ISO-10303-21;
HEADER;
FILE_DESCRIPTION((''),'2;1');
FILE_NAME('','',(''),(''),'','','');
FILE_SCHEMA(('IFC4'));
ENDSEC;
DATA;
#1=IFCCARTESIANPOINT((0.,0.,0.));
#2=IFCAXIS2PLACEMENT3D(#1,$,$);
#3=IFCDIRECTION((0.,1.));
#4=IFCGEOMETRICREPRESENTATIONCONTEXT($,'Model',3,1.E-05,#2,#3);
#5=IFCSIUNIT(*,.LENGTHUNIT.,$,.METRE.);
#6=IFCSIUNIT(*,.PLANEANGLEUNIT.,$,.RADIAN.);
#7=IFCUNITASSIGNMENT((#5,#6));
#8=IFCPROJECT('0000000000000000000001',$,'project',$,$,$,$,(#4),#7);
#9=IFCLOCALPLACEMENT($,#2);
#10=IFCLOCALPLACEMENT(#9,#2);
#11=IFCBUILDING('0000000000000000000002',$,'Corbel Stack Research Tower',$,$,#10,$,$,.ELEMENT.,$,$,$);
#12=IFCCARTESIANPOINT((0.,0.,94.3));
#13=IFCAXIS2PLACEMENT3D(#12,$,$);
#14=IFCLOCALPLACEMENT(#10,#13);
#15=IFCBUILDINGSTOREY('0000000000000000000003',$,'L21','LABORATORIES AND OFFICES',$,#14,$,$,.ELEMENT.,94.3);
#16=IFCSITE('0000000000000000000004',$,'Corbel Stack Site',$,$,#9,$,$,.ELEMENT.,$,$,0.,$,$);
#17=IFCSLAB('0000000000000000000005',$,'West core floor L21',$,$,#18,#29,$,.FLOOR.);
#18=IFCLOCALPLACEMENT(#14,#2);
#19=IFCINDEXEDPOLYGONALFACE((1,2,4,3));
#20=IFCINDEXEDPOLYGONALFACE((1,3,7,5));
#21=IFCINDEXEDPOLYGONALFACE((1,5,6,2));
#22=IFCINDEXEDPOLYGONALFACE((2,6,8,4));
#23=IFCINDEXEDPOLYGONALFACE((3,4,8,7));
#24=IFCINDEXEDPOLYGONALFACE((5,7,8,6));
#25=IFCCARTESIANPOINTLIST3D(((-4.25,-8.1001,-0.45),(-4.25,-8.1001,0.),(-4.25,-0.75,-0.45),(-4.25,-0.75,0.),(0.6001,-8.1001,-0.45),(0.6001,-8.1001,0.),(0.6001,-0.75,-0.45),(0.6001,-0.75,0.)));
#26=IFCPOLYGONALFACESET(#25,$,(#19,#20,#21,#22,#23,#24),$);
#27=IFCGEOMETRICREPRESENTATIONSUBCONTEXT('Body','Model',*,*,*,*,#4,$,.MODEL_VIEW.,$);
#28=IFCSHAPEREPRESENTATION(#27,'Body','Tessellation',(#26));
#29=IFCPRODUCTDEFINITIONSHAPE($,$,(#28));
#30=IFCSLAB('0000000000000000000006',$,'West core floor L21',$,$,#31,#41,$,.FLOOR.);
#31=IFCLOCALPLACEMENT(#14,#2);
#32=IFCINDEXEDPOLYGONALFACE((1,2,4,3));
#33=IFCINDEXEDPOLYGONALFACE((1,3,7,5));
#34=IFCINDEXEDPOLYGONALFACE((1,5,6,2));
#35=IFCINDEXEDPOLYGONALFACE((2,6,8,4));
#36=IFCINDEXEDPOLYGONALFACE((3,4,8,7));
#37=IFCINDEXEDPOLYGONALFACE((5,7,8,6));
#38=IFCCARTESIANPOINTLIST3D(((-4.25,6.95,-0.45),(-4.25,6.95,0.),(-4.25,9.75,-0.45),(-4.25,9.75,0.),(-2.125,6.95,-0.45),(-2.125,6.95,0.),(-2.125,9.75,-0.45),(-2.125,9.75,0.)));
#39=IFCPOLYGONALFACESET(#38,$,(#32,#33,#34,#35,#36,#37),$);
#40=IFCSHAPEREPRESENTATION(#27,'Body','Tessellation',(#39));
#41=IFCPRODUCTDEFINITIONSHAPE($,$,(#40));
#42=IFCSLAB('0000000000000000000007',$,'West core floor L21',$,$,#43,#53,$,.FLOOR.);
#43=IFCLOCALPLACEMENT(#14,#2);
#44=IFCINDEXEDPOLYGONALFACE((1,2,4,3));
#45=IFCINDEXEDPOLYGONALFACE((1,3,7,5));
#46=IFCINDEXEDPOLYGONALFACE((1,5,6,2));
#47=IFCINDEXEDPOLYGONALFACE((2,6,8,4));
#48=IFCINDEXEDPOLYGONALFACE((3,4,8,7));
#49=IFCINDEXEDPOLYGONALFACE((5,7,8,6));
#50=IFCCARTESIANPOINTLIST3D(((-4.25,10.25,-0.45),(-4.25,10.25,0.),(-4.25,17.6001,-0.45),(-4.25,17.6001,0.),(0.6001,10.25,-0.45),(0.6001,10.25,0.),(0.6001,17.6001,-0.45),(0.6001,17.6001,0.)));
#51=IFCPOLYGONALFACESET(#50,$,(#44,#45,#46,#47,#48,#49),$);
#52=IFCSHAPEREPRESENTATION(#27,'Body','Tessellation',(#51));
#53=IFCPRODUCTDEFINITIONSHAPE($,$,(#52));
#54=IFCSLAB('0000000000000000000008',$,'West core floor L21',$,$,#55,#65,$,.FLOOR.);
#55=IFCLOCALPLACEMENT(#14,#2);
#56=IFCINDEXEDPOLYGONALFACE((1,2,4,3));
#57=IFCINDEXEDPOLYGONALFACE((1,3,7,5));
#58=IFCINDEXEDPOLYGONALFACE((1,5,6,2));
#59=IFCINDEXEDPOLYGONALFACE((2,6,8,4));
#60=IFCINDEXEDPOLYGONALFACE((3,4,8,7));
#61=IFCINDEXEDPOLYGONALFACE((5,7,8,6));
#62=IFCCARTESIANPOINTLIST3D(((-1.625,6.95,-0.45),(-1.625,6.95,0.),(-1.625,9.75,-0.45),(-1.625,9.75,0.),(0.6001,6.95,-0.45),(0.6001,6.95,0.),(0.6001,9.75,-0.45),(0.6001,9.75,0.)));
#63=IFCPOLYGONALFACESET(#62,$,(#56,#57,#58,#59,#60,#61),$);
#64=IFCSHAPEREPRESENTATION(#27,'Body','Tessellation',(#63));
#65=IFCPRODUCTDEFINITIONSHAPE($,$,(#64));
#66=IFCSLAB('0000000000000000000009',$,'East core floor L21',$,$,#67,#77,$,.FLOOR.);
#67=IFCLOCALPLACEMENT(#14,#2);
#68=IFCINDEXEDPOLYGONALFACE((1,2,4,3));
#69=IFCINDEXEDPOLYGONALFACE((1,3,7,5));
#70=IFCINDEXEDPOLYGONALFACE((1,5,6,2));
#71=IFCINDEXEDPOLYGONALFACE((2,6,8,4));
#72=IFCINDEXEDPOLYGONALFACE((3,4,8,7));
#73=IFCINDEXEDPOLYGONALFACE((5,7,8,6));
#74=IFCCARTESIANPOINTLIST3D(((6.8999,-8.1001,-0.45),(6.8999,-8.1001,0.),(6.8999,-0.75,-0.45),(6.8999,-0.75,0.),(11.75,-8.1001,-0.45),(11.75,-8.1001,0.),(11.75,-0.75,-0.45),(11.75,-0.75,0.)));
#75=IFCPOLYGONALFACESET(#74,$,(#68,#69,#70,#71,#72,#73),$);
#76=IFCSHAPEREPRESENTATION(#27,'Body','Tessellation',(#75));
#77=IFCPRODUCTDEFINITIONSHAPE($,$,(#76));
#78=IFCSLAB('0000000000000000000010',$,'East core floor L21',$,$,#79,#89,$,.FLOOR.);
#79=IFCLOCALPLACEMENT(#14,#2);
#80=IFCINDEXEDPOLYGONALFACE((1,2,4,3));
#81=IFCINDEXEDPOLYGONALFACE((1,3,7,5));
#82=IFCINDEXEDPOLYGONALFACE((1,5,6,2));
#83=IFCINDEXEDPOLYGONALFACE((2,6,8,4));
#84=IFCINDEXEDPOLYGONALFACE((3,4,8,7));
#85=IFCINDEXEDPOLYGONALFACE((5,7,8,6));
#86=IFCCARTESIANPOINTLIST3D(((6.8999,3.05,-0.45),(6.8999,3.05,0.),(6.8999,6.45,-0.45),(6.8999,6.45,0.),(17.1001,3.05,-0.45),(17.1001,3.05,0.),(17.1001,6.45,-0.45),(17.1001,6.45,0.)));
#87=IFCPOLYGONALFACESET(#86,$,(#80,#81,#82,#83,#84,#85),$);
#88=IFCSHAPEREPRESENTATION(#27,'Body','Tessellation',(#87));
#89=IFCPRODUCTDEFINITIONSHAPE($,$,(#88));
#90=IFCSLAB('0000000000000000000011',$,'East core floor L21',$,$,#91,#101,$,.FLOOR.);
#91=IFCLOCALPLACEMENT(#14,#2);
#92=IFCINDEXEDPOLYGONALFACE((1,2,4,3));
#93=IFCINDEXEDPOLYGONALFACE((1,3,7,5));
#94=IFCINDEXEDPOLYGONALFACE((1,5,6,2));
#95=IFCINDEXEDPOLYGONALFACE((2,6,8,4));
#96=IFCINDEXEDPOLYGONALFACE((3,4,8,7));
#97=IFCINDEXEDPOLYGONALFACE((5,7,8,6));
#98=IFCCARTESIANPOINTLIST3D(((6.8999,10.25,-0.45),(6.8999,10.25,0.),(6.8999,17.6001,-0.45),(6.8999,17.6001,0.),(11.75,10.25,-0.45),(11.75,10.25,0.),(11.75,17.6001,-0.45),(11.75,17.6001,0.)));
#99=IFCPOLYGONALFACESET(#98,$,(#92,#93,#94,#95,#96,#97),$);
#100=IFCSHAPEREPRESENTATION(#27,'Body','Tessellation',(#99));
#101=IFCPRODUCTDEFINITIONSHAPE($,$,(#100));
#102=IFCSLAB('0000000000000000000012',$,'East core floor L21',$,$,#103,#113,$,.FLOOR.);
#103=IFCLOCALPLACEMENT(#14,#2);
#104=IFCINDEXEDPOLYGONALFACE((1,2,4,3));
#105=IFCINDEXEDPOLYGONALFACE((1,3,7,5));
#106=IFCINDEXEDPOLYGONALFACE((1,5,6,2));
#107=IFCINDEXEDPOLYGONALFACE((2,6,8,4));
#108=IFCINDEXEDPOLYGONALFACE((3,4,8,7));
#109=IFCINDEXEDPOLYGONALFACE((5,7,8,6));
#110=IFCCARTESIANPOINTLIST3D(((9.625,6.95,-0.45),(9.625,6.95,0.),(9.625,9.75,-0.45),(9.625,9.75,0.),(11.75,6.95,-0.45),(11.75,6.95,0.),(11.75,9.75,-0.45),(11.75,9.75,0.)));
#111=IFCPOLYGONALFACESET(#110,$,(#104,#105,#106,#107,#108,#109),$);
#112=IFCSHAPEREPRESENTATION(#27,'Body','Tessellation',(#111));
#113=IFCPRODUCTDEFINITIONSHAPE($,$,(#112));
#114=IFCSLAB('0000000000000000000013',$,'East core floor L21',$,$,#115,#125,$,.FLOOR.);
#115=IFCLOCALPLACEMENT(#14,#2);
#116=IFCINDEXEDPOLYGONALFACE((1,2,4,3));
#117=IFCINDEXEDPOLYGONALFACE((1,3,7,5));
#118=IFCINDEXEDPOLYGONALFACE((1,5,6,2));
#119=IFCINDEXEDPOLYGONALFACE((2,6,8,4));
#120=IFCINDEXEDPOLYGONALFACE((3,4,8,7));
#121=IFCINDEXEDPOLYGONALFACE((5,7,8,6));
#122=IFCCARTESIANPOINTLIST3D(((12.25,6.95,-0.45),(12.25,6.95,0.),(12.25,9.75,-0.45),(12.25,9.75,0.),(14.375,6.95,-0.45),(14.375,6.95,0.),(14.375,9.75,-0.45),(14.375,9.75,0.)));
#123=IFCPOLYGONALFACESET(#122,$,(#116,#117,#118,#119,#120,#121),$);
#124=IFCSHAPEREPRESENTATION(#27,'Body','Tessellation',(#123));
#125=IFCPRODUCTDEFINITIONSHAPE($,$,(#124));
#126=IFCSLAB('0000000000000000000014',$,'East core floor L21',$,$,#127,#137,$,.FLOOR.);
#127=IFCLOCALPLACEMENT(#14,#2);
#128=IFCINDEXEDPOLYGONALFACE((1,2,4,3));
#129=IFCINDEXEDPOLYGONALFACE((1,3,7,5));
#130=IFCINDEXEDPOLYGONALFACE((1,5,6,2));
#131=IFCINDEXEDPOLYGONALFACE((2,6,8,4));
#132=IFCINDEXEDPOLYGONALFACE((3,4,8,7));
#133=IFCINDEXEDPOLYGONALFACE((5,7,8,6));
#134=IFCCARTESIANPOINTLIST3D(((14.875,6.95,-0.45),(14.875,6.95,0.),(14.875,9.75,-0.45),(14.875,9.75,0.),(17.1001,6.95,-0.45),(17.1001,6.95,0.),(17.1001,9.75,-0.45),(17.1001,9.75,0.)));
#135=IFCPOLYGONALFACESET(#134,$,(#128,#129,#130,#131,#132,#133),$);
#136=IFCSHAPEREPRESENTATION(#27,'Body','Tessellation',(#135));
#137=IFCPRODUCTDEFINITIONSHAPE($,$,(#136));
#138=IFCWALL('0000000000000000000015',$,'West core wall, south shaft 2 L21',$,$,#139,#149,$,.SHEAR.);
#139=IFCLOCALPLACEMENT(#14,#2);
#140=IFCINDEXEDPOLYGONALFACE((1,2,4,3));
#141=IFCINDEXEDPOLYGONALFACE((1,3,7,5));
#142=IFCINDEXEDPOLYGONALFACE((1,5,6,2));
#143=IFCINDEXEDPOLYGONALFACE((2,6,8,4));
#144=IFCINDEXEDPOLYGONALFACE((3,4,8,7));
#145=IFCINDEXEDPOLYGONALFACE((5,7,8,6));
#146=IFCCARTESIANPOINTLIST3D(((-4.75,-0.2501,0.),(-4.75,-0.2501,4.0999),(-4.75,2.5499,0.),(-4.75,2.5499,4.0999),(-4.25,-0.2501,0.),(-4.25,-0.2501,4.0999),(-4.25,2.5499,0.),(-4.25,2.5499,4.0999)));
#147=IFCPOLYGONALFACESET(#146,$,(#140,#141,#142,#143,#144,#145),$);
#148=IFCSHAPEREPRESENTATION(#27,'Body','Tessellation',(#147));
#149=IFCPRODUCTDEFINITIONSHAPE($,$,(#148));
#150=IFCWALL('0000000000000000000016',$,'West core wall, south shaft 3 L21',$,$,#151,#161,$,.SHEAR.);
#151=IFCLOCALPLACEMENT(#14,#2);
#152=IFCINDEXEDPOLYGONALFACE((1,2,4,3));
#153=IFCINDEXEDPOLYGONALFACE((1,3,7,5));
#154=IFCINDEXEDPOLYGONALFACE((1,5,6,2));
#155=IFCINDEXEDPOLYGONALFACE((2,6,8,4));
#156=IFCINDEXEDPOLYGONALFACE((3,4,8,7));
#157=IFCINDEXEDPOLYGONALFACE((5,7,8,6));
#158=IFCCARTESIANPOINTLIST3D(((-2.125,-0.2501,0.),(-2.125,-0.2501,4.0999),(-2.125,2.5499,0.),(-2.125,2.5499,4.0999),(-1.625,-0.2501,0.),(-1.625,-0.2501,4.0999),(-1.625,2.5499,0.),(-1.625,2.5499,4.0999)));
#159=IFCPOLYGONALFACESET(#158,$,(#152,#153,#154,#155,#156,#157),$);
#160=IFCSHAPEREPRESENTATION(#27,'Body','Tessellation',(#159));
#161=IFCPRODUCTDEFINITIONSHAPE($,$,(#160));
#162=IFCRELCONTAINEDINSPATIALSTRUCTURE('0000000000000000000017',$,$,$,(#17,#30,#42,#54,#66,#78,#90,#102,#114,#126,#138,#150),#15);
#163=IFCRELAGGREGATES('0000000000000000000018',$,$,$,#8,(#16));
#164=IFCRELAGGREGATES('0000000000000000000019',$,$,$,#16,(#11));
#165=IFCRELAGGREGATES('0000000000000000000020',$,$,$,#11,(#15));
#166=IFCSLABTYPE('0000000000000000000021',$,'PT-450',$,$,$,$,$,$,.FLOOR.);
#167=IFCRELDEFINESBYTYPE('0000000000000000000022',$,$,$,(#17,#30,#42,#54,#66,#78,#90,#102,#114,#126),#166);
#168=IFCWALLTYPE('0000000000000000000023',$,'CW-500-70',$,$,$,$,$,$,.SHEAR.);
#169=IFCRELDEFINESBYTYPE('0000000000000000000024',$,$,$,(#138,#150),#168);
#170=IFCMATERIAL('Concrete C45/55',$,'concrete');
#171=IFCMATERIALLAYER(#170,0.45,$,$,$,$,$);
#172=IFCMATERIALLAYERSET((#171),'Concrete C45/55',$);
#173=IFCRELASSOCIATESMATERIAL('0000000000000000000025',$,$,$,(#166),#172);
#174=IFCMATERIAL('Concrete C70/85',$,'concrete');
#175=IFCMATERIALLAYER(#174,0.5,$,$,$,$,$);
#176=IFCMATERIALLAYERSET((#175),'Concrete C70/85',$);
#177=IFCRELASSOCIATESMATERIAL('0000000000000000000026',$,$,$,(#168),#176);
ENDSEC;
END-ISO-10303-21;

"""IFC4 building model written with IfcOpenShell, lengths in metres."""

from ifc_helpers import new_model, si_unit, direction, frame, frame_2d, origin, place, context, subcontext, project, spatial, polyline, rectangle, outline, extrude, material, layer, layer_set, type_object, element, save


model = new_model("IFC4")

# Units and contexts
model_context = context("Model", 3, precision=1e-05, world=origin(), true_north=direction((0.0, 1.0)))
body_context = subcontext(model_context, "Body", "Model", "MODEL_VIEW")
ifc_project = project(units=[si_unit("LENGTHUNIT", "METRE"), si_unit("PLANEANGLEUNIT", "RADIAN")], contexts=[model_context])

# Site, building, storey
site_placement = place(None, origin())
site = spatial("IfcSite", under=ifc_project, at=site_placement, Name="Corbel Stack Site", CompositionType="ELEMENT", RefElevation=0.0)
building_placement = place(site_placement, origin())
building = spatial("IfcBuilding", under=site, at=building_placement, Name="Corbel Stack Research Tower", CompositionType="ELEMENT")
storey_placement = place(building_placement, frame((0.0, 0.0, 94.3)))
storey = spatial("IfcBuildingStorey", under=building, at=storey_placement, Name="L21", Description="LABORATORIES AND OFFICES", CompositionType="ELEMENT", Elevation=94.3)

# Slabs
ifc_material_1 = material(Name="Concrete C45/55", Category="concrete")
ifc_layer_1 = layer(ifc_material_1, 0.45)
ifc_layer_set_1 = layer_set([ifc_layer_1], Name="Concrete C45/55")
slab_type_1 = type_object("IfcSlabType", Name="PT-450", PredefinedType="FLOOR", material=ifc_layer_set_1)
slab_1_placement = place(storey_placement, frame((0.0, 0.0, -0.45)))
element("IfcSlab", 1, at=slab_1_placement, inside=storey, type_object=slab_type_1, Name="West core floor L21", PredefinedType="FLOOR", context=body_context, shape_type="SweptSolid", body=[
    extrude(outline(polyline([(0.6001, -8.1001), (0.6001, -0.75), (-4.25, -0.75), (-4.25, -8.1001), (0.6001, -8.1001)])), origin(), (0.0, 0.0, 1.0), 0.45),
])
slab_2_placement = place(storey_placement, frame((0.0, 0.0, -0.45)))
element("IfcSlab", 2, at=slab_2_placement, inside=storey, type_object=slab_type_1, Name="West core floor L21", PredefinedType="FLOOR", context=body_context, shape_type="SweptSolid", body=[
    extrude(outline(polyline([(-2.125, 6.95), (-2.125, 9.75), (-4.25, 9.75), (-4.25, 6.95), (-2.125, 6.95)])), origin(), (0.0, 0.0, 1.0), 0.45),
])
slab_3_placement = place(storey_placement, frame((0.0, 0.0, -0.45)))
element("IfcSlab", 3, at=slab_3_placement, inside=storey, type_object=slab_type_1, Name="West core floor L21", PredefinedType="FLOOR", context=body_context, shape_type="SweptSolid", body=[
    extrude(outline(polyline([(0.6001, 17.6001), (-4.25, 17.6001), (-4.25, 10.25), (0.6001, 10.25), (0.6001, 17.6001)])), origin(), (0.0, 0.0, 1.0), 0.45),
])
slab_4_placement = place(storey_placement, frame((0.0, 0.0, -0.45)))
element("IfcSlab", 4, at=slab_4_placement, inside=storey, type_object=slab_type_1, Name="West core floor L21", PredefinedType="FLOOR", context=body_context, shape_type="SweptSolid", body=[
    extrude(outline(polyline([(0.6001, 9.75), (-1.625, 9.75), (-1.625, 6.95), (0.6001, 6.95), (0.6001, 9.75)])), origin(), (0.0, 0.0, 1.0), 0.45),
])
slab_5_placement = place(storey_placement, frame((0.0, 0.0, -0.45)))
element("IfcSlab", 5, at=slab_5_placement, inside=storey, type_object=slab_type_1, Name="East core floor L21", PredefinedType="FLOOR", context=body_context, shape_type="SweptSolid", body=[
    extrude(outline(polyline([(11.75, -0.75), (6.8999, -0.75), (6.8999, -8.1001), (11.75, -8.1001), (11.75, -0.75)])), origin(), (0.0, 0.0, 1.0), 0.45),
])
slab_6_placement = place(storey_placement, frame((0.0, 0.0, -0.45)))
element("IfcSlab", 6, at=slab_6_placement, inside=storey, type_object=slab_type_1, Name="East core floor L21", PredefinedType="FLOOR", context=body_context, shape_type="SweptSolid", body=[
    extrude(outline(polyline([(6.8999, 6.45), (6.8999, 3.05), (17.1001, 3.05), (17.1001, 6.45), (6.8999, 6.45)])), origin(), (0.0, 0.0, 1.0), 0.45),
])
slab_7_placement = place(storey_placement, frame((0.0, 0.0, -0.45)))
element("IfcSlab", 7, at=slab_7_placement, inside=storey, type_object=slab_type_1, Name="East core floor L21", PredefinedType="FLOOR", context=body_context, shape_type="SweptSolid", body=[
    extrude(outline(polyline([(6.8999, 17.6001), (6.8999, 10.25), (11.75, 10.25), (11.75, 17.6001), (6.8999, 17.6001)])), origin(), (0.0, 0.0, 1.0), 0.45),
])
slab_8_placement = place(storey_placement, frame((0.0, 0.0, -0.45)))
element("IfcSlab", 8, at=slab_8_placement, inside=storey, type_object=slab_type_1, Name="East core floor L21", PredefinedType="FLOOR", context=body_context, shape_type="SweptSolid", body=[
    extrude(outline(polyline([(9.625, 6.95), (11.75, 6.95), (11.75, 9.75), (9.625, 9.75), (9.625, 6.95)])), origin(), (0.0, 0.0, 1.0), 0.45),
])
slab_9_placement = place(storey_placement, frame((0.0, 0.0, -0.45)))
element("IfcSlab", 9, at=slab_9_placement, inside=storey, type_object=slab_type_1, Name="East core floor L21", PredefinedType="FLOOR", context=body_context, shape_type="SweptSolid", body=[
    extrude(outline(polyline([(14.375, 6.95), (14.375, 9.75), (12.25, 9.75), (12.25, 6.95), (14.375, 6.95)])), origin(), (0.0, 0.0, 1.0), 0.45),
])
slab_10_placement = place(storey_placement, frame((0.0, 0.0, -0.45)))
element("IfcSlab", 10, at=slab_10_placement, inside=storey, type_object=slab_type_1, Name="East core floor L21", PredefinedType="FLOOR", context=body_context, shape_type="SweptSolid", body=[
    extrude(outline(polyline([(17.1001, 6.95), (17.1001, 9.75), (14.875, 9.75), (14.875, 6.95), (17.1001, 6.95)])), origin(), (0.0, 0.0, 1.0), 0.45),
])

# Walls
ifc_material_2 = material(Name="Concrete C70/85", Category="concrete")
ifc_layer_2 = layer(ifc_material_2, 0.5)
ifc_layer_set_2 = layer_set([ifc_layer_2], Name="Concrete C70/85")
wall_type = type_object("IfcWallType", Name="CW-500-70", PredefinedType="SHEAR", material=ifc_layer_set_2)
for number, where, z_axis, x_axis, name in (
    (11, (-4.5, -0.25, 0.0), (0.0, 0.0, 1.0), (0.0, 1.0, 0.0), "West core wall, south shaft 2 L21"),
    (12, (-1.875, -0.25, 0.0), (0.0, 0.0, 1.0), (0.0, 1.0, 0.0), "West core wall, south shaft 3 L21"),
):
    element("IfcWall", number, at=place(storey_placement, frame(where, z_axis=z_axis, x_axis=x_axis)), inside=storey, type_object=wall_type, Name=name, PredefinedType="SHEAR", context=body_context, shape_type="SweptSolid", body=[
        extrude(rectangle(XDim=2.8, YDim=0.5, at=frame_2d((1.3999, 0.0))), origin(), (0.0, 0.0, 1.0), 4.0999),
    ])

save(model, "model.ifc")
